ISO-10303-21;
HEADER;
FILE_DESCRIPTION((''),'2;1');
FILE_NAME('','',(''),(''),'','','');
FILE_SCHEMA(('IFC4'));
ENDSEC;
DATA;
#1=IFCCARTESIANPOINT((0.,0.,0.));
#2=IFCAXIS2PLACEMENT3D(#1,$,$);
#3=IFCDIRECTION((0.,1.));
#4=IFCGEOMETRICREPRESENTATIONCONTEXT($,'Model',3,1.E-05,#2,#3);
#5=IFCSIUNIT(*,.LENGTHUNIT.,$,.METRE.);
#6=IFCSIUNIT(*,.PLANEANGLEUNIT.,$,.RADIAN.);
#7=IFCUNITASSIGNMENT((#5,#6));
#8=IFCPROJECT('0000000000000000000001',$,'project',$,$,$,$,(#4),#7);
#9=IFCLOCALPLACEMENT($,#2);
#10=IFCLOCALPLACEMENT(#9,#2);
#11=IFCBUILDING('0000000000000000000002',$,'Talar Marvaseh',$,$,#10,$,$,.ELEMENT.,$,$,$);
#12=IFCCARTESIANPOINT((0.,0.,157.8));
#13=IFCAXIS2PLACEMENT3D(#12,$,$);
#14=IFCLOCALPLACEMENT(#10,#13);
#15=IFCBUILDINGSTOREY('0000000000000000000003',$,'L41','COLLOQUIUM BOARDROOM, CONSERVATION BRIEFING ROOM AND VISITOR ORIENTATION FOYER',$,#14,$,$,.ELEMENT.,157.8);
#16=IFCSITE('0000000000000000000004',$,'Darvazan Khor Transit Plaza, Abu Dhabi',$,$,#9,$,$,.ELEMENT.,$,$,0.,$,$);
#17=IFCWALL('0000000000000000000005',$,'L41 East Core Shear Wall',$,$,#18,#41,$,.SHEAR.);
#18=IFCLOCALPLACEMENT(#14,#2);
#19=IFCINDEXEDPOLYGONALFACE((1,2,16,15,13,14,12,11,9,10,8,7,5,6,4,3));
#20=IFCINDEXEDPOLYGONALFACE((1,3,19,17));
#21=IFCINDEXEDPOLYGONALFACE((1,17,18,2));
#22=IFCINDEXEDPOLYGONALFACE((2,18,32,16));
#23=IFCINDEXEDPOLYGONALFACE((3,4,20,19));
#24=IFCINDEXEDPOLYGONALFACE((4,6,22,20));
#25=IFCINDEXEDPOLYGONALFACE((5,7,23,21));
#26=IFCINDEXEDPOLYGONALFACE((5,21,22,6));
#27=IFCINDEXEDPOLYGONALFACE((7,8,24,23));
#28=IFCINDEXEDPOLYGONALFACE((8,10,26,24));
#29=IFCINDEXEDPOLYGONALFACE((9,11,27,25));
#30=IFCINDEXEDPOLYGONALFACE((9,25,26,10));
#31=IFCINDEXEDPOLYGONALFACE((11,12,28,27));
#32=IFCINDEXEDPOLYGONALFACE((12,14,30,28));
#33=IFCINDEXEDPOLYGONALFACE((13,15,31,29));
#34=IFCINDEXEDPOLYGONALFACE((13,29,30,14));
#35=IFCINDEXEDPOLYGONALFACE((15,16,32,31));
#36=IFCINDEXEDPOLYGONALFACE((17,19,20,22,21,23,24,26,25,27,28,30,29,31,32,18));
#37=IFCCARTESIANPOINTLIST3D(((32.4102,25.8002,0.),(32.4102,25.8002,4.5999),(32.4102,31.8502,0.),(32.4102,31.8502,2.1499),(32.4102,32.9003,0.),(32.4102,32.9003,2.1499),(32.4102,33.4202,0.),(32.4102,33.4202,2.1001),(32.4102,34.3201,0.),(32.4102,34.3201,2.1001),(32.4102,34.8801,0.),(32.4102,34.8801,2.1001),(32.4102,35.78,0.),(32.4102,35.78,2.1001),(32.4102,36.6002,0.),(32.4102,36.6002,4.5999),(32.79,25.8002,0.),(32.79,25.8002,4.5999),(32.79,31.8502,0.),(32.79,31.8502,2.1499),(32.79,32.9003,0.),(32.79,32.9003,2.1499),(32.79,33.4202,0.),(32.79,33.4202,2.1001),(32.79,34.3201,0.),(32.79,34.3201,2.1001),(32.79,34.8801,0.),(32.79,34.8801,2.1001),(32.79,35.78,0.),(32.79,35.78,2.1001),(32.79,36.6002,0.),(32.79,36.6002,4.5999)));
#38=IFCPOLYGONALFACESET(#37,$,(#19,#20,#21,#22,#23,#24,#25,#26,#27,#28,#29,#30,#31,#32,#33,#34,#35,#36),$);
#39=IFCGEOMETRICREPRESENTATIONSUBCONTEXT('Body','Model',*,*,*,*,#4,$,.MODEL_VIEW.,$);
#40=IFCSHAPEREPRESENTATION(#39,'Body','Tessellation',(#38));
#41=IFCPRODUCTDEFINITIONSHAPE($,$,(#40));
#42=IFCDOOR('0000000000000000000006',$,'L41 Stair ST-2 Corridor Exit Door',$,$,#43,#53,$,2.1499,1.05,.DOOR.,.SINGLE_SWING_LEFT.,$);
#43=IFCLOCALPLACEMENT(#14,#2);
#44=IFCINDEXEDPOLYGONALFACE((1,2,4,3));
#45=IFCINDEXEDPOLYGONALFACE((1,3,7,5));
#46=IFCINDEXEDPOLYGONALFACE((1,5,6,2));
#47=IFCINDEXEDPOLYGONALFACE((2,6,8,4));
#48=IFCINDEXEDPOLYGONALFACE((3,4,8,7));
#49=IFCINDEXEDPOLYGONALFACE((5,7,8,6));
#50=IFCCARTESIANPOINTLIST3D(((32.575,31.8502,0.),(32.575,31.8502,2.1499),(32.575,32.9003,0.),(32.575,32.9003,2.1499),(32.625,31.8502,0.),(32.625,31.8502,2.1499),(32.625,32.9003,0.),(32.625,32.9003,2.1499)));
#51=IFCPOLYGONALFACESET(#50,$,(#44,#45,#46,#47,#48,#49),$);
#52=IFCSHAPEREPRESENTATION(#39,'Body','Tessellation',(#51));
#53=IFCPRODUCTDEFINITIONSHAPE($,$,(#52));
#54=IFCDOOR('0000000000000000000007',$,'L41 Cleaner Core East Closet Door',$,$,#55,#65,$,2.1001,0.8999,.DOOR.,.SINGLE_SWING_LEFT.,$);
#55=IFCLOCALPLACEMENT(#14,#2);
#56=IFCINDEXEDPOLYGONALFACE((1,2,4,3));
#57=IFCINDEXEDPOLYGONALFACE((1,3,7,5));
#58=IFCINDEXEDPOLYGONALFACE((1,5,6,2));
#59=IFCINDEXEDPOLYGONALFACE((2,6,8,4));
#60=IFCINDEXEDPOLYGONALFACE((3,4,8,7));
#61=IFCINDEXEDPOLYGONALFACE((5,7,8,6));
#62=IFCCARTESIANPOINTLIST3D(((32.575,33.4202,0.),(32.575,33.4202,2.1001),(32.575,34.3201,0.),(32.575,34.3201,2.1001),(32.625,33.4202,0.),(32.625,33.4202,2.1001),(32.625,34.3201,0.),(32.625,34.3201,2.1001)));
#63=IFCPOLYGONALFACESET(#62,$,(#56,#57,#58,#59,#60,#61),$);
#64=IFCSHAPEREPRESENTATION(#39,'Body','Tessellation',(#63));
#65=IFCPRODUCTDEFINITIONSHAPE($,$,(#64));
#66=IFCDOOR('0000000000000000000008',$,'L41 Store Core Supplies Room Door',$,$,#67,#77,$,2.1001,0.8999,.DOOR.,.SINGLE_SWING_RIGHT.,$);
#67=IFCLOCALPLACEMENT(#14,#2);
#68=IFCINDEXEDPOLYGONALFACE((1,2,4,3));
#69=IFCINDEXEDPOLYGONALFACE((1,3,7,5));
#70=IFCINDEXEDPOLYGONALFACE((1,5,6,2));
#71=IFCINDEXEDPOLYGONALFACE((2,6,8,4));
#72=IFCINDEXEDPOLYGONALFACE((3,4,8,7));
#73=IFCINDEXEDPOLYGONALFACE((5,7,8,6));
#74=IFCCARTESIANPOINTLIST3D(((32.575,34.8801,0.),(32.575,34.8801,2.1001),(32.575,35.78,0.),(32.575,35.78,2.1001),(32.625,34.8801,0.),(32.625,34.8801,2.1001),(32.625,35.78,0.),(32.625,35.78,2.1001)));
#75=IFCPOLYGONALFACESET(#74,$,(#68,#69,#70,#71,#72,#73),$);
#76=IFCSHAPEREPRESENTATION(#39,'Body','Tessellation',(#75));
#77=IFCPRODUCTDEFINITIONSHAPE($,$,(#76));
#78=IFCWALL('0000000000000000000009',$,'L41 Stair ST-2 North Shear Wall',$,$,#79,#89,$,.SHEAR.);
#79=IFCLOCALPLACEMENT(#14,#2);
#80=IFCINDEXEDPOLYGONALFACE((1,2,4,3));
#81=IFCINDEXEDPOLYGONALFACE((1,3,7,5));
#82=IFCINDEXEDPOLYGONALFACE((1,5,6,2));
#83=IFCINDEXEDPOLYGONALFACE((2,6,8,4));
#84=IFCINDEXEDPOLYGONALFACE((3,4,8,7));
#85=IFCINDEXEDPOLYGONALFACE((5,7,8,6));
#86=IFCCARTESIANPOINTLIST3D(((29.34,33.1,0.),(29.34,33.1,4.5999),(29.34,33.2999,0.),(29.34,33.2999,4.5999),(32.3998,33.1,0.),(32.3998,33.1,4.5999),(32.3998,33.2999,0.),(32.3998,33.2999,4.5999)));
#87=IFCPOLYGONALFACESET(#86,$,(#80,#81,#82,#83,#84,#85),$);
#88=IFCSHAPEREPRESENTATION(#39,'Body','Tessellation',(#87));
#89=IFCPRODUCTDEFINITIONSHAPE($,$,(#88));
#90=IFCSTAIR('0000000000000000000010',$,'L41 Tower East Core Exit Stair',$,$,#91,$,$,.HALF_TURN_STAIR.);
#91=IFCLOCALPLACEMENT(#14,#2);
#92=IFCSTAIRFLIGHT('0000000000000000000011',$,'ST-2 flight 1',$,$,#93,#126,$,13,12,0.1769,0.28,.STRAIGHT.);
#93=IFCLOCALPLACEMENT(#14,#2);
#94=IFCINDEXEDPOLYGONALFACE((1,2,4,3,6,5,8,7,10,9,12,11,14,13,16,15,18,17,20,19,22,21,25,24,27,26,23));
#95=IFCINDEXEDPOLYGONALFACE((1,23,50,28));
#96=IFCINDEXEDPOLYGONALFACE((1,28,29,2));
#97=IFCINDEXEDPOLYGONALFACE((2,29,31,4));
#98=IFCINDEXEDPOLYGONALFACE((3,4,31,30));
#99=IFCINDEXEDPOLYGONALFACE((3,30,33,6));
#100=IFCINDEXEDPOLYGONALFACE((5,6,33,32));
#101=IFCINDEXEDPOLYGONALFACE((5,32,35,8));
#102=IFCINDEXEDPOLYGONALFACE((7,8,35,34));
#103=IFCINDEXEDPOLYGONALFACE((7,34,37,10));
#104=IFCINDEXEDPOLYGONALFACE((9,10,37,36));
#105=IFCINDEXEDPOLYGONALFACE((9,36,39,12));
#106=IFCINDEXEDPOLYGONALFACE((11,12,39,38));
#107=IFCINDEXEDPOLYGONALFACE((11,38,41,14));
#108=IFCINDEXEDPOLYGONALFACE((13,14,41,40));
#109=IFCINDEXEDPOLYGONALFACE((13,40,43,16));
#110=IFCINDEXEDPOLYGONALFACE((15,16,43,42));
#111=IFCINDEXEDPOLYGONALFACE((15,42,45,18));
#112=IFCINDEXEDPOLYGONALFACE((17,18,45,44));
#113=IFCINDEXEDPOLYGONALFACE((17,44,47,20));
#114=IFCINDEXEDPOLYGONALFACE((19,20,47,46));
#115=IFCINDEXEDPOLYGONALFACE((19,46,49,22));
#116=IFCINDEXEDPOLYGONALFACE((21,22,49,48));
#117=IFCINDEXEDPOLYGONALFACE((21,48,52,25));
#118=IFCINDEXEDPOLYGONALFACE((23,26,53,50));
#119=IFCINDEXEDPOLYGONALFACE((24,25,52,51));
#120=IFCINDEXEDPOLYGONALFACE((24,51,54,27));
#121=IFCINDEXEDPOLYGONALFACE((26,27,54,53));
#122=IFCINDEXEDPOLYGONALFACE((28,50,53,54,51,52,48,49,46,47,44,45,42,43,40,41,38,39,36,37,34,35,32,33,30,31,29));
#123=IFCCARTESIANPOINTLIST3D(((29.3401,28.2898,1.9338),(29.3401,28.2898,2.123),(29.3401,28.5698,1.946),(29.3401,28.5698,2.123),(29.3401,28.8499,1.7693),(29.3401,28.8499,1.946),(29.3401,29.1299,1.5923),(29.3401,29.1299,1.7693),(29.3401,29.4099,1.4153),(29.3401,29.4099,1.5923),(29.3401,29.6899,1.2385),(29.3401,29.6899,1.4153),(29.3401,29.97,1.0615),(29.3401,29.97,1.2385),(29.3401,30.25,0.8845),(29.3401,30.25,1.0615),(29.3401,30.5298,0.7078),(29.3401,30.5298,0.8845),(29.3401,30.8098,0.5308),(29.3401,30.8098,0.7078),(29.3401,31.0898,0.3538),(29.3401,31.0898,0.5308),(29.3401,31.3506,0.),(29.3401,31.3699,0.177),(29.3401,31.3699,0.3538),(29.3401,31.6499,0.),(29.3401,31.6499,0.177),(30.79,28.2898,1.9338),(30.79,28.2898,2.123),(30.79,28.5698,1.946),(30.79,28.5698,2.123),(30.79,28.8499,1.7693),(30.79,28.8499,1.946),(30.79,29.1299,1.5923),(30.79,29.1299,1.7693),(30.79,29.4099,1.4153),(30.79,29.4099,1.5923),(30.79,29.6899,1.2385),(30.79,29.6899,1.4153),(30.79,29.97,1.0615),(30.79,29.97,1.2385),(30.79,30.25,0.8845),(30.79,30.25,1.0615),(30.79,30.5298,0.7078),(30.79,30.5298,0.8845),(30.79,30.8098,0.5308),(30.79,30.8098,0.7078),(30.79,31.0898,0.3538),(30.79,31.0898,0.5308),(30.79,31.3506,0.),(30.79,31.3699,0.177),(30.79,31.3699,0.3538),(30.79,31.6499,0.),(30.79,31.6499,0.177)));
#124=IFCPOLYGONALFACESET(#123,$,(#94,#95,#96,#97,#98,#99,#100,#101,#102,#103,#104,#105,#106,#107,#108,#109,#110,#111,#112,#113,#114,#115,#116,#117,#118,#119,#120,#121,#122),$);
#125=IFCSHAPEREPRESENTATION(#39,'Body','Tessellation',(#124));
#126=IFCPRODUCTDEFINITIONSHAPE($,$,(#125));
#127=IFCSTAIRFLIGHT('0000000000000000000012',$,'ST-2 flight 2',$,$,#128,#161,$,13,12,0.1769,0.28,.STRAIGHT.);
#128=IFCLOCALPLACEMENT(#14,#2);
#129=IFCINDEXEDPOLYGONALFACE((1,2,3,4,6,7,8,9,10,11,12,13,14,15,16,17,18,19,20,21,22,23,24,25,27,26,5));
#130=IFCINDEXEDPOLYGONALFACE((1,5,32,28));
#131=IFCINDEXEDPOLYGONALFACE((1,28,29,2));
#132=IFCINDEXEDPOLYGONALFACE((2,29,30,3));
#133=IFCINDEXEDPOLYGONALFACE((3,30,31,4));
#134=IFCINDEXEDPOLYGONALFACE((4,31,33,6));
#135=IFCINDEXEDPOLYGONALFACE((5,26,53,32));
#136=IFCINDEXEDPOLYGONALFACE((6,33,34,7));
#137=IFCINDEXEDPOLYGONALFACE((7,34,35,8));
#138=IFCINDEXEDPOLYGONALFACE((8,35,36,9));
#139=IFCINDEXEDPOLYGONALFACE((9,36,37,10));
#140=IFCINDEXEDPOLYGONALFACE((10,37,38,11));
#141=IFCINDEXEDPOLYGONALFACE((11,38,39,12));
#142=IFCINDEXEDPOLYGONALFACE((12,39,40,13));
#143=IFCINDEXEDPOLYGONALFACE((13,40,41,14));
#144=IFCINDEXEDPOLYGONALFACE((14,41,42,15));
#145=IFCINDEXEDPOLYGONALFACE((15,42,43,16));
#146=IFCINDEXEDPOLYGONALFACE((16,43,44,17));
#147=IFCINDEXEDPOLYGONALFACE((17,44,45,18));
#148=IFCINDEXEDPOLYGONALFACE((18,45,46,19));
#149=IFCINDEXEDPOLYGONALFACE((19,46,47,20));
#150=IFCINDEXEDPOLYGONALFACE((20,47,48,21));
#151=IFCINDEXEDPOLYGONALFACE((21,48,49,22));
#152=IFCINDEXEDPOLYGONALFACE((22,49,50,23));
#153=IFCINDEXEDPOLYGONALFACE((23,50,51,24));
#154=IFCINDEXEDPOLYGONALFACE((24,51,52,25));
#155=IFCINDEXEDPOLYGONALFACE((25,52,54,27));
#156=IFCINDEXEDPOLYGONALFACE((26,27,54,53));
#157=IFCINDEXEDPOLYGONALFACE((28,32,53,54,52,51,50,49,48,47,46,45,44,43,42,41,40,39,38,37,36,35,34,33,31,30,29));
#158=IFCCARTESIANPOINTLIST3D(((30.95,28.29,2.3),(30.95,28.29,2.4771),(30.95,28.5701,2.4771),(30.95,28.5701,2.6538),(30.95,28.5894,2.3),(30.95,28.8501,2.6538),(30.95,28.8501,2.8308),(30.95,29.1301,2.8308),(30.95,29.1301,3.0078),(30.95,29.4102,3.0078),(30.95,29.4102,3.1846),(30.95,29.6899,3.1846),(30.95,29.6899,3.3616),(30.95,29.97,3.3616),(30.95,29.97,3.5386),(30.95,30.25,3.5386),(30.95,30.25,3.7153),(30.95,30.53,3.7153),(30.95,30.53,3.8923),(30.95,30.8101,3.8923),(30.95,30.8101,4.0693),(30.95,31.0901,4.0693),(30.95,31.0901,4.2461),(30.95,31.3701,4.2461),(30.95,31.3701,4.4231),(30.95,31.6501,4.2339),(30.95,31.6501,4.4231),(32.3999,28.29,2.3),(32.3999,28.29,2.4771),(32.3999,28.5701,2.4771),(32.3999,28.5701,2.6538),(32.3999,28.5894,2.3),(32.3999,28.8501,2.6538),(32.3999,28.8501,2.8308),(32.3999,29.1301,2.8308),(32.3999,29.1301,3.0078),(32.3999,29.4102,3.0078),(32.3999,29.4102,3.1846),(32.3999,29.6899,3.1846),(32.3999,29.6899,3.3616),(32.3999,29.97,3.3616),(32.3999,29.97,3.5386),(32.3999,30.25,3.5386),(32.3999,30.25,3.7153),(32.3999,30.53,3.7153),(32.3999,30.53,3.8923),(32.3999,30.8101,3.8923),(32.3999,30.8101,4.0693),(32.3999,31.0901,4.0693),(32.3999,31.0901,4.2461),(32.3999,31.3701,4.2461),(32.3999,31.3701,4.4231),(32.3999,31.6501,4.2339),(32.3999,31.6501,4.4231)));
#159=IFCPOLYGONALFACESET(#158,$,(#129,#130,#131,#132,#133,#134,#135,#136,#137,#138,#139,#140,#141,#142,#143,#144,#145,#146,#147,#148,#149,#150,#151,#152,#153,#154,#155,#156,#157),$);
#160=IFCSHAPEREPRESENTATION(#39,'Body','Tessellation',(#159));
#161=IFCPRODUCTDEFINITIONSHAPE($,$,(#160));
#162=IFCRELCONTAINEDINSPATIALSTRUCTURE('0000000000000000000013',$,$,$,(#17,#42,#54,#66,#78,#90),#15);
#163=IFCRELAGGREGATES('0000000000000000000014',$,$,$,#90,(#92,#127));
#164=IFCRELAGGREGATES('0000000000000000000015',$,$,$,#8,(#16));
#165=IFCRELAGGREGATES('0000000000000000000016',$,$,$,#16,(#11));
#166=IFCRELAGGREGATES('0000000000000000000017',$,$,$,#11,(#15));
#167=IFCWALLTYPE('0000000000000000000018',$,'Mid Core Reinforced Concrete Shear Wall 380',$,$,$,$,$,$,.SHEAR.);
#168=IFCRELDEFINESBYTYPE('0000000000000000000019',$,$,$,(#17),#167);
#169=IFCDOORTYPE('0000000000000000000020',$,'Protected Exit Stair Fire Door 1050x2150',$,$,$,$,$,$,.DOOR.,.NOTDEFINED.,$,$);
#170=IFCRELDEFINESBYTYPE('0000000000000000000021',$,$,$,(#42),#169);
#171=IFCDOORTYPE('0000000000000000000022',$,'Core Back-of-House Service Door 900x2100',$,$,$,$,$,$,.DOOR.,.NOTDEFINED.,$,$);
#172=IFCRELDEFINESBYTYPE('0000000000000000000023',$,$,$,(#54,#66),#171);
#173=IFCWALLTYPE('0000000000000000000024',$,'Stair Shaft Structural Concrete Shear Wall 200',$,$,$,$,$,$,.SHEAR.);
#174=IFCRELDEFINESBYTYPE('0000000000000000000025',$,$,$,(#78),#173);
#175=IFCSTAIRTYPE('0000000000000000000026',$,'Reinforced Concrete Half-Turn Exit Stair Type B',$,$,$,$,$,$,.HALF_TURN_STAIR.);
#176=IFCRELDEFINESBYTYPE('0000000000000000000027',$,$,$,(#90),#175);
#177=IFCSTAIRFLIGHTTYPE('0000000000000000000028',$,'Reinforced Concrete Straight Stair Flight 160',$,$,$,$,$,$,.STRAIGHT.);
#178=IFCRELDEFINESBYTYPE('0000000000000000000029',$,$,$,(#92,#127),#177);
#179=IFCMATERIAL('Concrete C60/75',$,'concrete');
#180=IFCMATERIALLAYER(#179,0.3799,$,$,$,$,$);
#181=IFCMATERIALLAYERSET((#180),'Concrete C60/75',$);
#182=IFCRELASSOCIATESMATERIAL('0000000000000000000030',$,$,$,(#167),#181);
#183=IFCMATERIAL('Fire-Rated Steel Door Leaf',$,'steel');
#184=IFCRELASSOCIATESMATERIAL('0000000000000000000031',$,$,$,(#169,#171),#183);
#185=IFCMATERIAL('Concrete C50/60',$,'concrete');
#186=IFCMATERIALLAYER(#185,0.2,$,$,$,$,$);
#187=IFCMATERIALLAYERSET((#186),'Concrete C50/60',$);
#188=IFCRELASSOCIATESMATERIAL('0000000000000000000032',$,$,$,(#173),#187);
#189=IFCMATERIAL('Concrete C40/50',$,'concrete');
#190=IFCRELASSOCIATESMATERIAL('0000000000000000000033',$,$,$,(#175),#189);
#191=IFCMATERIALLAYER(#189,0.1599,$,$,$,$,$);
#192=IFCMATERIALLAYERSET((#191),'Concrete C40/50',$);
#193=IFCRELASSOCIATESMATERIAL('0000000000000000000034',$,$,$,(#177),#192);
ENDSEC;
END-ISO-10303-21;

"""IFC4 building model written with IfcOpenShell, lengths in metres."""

from ifc_helpers import new_model, si_unit, direction, frame, frame_2d, origin, place, context, subcontext, project, spatial, polyline, rectangle, outline, extrude, source, transform, mapped, material, layer, layer_set, type_object, type_shapes, element, fill, aggregate, save


model = new_model("IFC4")

# Units and contexts
model_context = context("Model", 3, precision=1e-05, world=origin(), true_north=direction((0.0, 1.0)))
body_context = subcontext(model_context, "Body", "Model", "MODEL_VIEW")
ifc_project = project(units=[si_unit("LENGTHUNIT", "METRE"), si_unit("PLANEANGLEUNIT", "RADIAN")], contexts=[model_context])

# Site, building, storey
site_placement = place(None, origin())
site = spatial("IfcSite", under=ifc_project, at=site_placement, Name="Darvazan Khor Transit Plaza, Abu Dhabi", CompositionType="ELEMENT", RefElevation=0.0)
building_placement = place(site_placement, origin())
building = spatial("IfcBuilding", under=site, at=building_placement, Name="Talar Marvaseh", CompositionType="ELEMENT")
storey_placement = place(building_placement, frame((0.0, 0.0, 157.8)))
storey = spatial("IfcBuildingStorey", under=building, at=storey_placement, Name="L41", Description="COLLOQUIUM BOARDROOM, CONSERVATION BRIEFING ROOM AND VISITOR ORIENTATION FOYER", CompositionType="ELEMENT", Elevation=157.8)

# Shared definitions
ifc_material_1 = material(Name="Concrete C40/50", Category="concrete")

# Wall, openings, doors
ifc_material_2 = material(Name="Concrete C60/75", Category="concrete")
ifc_layer_1 = layer(ifc_material_2, 0.3799)
ifc_layer_set_1 = layer_set([ifc_layer_1], Name="Concrete C60/75")
wall_type_1 = type_object("IfcWallType", Name="Mid Core Reinforced Concrete Shear Wall 380", PredefinedType="SHEAR", material=ifc_layer_set_1)
wall_1_placement = place(storey_placement, frame((32.6001, 36.6001, 0.0), z_axis=(0.0, 0.0, 1.0), x_axis=(0.0, -1.0, 0.0)))
wall_1 = element("IfcWall", 1, at=wall_1_placement, inside=storey, type_object=wall_type_1, Name="L41 East Core Shear Wall", PredefinedType="SHEAR", context=body_context, shape_type="SweptSolid", body=[
    extrude(rectangle(XDim=10.8, YDim=0.3799, at=frame_2d((5.3999, 0.0))), origin(), (0.0, 0.0, 1.0), 4.5999),
])
opening_1_placement = place(wall_1_placement, frame((3.7, 0.0, 0.0)))
opening_1 = element("IfcOpeningElement", 2, at=opening_1_placement, cuts=wall_1, PredefinedType="OPENING", context=body_context, shape_type="SweptSolid", body=[
    extrude(rectangle(XDim=1.05, YDim=2.1499, at=frame_2d((0.5249, 1.075))), frame((0.0, 0.2, 0.0), z_axis=(0.0, -1.0, 0.0), x_axis=(1.0, 0.0, 0.0)), (0.0, 0.0, 1.0), 0.3999),
])
opening_2_placement = place(wall_1_placement, frame((2.28, 0.0, 0.0)))
opening_2 = element("IfcOpeningElement", 3, at=opening_2_placement, cuts=wall_1, PredefinedType="OPENING", context=body_context, shape_type="SweptSolid", body=[
    extrude(rectangle(XDim=0.8999, YDim=2.1001, at=frame_2d((0.45, 1.05))), frame((0.0, 0.2, 0.0), z_axis=(0.0, -1.0, 0.0), x_axis=(1.0, 0.0, 0.0)), (0.0, 0.0, 1.0), 0.3999),
])
opening_3_placement = place(wall_1_placement, frame((0.8201, 0.0, 0.0)))
opening_3 = element("IfcOpeningElement", 4, at=opening_3_placement, cuts=wall_1, PredefinedType="OPENING", context=body_context, shape_type="SweptSolid", body=[
    extrude(rectangle(XDim=0.8999, YDim=2.1001, at=frame_2d((0.45, 1.05))), frame((0.0, 0.2, 0.0), z_axis=(0.0, -1.0, 0.0), x_axis=(1.0, 0.0, 0.0)), (0.0, 0.0, 1.0), 0.3999),
])
ifc_material_3 = material(Name="Fire-Rated Steel Door Leaf", Category="steel")
door_type_1 = type_object("IfcDoorType", Name="Protected Exit Stair Fire Door 1050x2150", OperationType="NOTDEFINED", PredefinedType="DOOR", material=ifc_material_3)
shared_shape_1 = source(origin(), body_context, "Body", "SweptSolid", [
    extrude(rectangle(XDim=1.05, YDim=2.1499, at=frame_2d((0.5249, 1.075))), frame((0.0, 0.0249, 0.0), z_axis=(0.0, -1.0, 0.0), x_axis=(1.0, 0.0, 0.0)), (0.0, 0.0, 1.0), 0.05),
])
type_shapes(door_type_1, [shared_shape_1])
door_1_placement = place(opening_1_placement, origin())
door_1 = element("IfcDoor", 5, at=door_1_placement, inside=storey, type_object=door_type_1, Name="L41 Stair ST-2 Corridor Exit Door", OperationType="SINGLE_SWING_LEFT", OverallHeight=2.1499, OverallWidth=1.05, PredefinedType="DOOR", context=body_context, shape_type="MappedRepresentation", body=[
    mapped(shared_shape_1, transform((0.0, 0.0, 0.0), x_axis=(1.0, 0.0, 0.0), y_axis=(0.0, 1.0, 0.0), z_axis=(0.0, 0.0, 1.0), scale=1.0)),
])
fill(opening_1, door_1)
door_type_2 = type_object("IfcDoorType", Name="Core Back-of-House Service Door 900x2100", OperationType="NOTDEFINED", PredefinedType="DOOR", material=ifc_material_3)
shared_shape_2 = source(origin(), body_context, "Body", "SweptSolid", [
    extrude(rectangle(XDim=0.8999, YDim=2.1001, at=frame_2d((0.45, 1.05))), frame((0.0, 0.0249, 0.0), z_axis=(0.0, -1.0, 0.0), x_axis=(1.0, 0.0, 0.0)), (0.0, 0.0, 1.0), 0.05),
])
type_shapes(door_type_2, [shared_shape_2])
door_2_placement = place(opening_2_placement, origin())
door_2 = element("IfcDoor", 6, at=door_2_placement, inside=storey, type_object=door_type_2, Name="L41 Cleaner Core East Closet Door", OperationType="SINGLE_SWING_LEFT", OverallHeight=2.1001, OverallWidth=0.8999, PredefinedType="DOOR", context=body_context, shape_type="MappedRepresentation", body=[
    mapped(shared_shape_2, transform((0.0, 0.0, 0.0), x_axis=(1.0, 0.0, 0.0), y_axis=(0.0, 1.0, 0.0), z_axis=(0.0, 0.0, 1.0), scale=1.0)),
])
fill(opening_2, door_2)
door_3_placement = place(opening_3_placement, origin())
door_3 = element("IfcDoor", 7, at=door_3_placement, inside=storey, type_object=door_type_2, Name="L41 Store Core Supplies Room Door", OperationType="SINGLE_SWING_RIGHT", OverallHeight=2.1001, OverallWidth=0.8999, PredefinedType="DOOR", context=body_context, shape_type="MappedRepresentation", body=[
    mapped(shared_shape_2, transform((0.0, 0.0, 0.0), x_axis=(1.0, 0.0, 0.0), y_axis=(0.0, 1.0, 0.0), z_axis=(0.0, 0.0, 1.0), scale=1.0)),
])
fill(opening_3, door_3)

# Wall
ifc_material_4 = material(Name="Concrete C50/60", Category="concrete")
ifc_layer_2 = layer(ifc_material_4, 0.2)
ifc_layer_set_2 = layer_set([ifc_layer_2], Name="Concrete C50/60")
wall_type_2 = type_object("IfcWallType", Name="Stair Shaft Structural Concrete Shear Wall 200", PredefinedType="SHEAR", material=ifc_layer_set_2)
wall_2_placement = place(storey_placement, frame((29.3401, 33.2, 0.0), z_axis=(0.0, 0.0, 1.0), x_axis=(1.0, 0.0, 0.0)))
element("IfcWall", 8, at=wall_2_placement, inside=storey, type_object=wall_type_2, Name="L41 Stair ST-2 North Shear Wall", PredefinedType="SHEAR", context=body_context, shape_type="SweptSolid", body=[
    extrude(rectangle(XDim=3.0598, YDim=0.2, at=frame_2d((1.5298, 0.0))), origin(), (0.0, 0.0, 1.0), 4.5999),
])

# Stair, stair flights
stair_type = type_object("IfcStairType", Name="Reinforced Concrete Half-Turn Exit Stair Type B", PredefinedType="HALF_TURN_STAIR", material=ifc_material_1)
stair_placement = place(storey_placement, origin())
stair = element("IfcStair", 9, at=stair_placement, inside=storey, type_object=stair_type, Name="L41 Tower East Core Exit Stair", PredefinedType="HALF_TURN_STAIR")
ifc_layer_3 = layer(ifc_material_1, 0.1599)
ifc_layer_set_3 = layer_set([ifc_layer_3], Name="Concrete C40/50")
stair_flight_type = type_object("IfcStairFlightType", Name="Reinforced Concrete Straight Stair Flight 160", PredefinedType="STRAIGHT", material=ifc_layer_set_3)
stair_flight_1_placement = place(storey_placement, frame((30.0649, 31.6499, 0.0), z_axis=(0.0, 0.0, 1.0), x_axis=(0.0, -1.0, 0.0)))
stair_flight_1 = element("IfcStairFlight", 10, at=stair_flight_1_placement, type_object=stair_flight_type, Name="ST-2 flight 1", NumberOfRisers=13, NumberOfTreads=12, PredefinedType="STRAIGHT", RiserHeight=0.1769, TreadLength=0.28, context=body_context, shape_type="SweptSolid", body=[
    extrude(outline(polyline([(0.0, 0.0), (0.0, 0.177), (0.28, 0.177), (0.28, 0.3538), (0.5601, 0.3538), (0.5601, 0.5308), (0.8401, 0.5308), (0.8401, 0.7078), (1.1201, 0.7078), (1.1201, 0.8845), (1.3999, 0.8845), (1.3999, 1.0615), (1.6799, 1.0615), (1.6799, 1.2385), (1.96, 1.2385), (1.96, 1.4153), (2.24, 1.4153), (2.24, 1.5923), (2.52, 1.5923), (2.52, 1.7693), (2.8, 1.7693), (2.8, 1.946), (3.0801, 1.946), (3.0801, 2.123), (3.3601, 2.123), (3.3601, 2.3), (3.3601, 1.9338), (0.2993, 0.0), (0.0, 0.0)])), frame((0.0, 0.7251, 0.0), z_axis=(0.0, -1.0, 0.0), x_axis=(1.0, 0.0, 0.0)), (0.0, 0.0, 1.0), 1.45),
])
stair_flight_2_placement = place(storey_placement, frame((31.675, 28.29, 2.3), z_axis=(0.0, 0.0, 1.0), x_axis=(0.0, 1.0, 0.0)))
stair_flight_2 = element("IfcStairFlight", 11, at=stair_flight_2_placement, type_object=stair_flight_type, Name="ST-2 flight 2", NumberOfRisers=13, NumberOfTreads=12, PredefinedType="STRAIGHT", RiserHeight=0.1769, TreadLength=0.28, context=body_context, shape_type="SweptSolid", body=[
    extrude(outline(polyline([(0.0, 0.0), (0.0, 0.177), (0.28, 0.177), (0.28, 0.3538), (0.5601, 0.3538), (0.5601, 0.5308), (0.8401, 0.5308), (0.8401, 0.7078), (1.1201, 0.7078), (1.1201, 0.8845), (1.3999, 0.8845), (1.3999, 1.0615), (1.6799, 1.0615), (1.6799, 1.2385), (1.96, 1.2385), (1.96, 1.4153), (2.24, 1.4153), (2.24, 1.5923), (2.52, 1.5923), (2.52, 1.7693), (2.8, 1.7693), (2.8, 1.946), (3.0801, 1.946), (3.0801, 2.123), (3.3601, 2.123), (3.3601, 2.3), (3.3601, 1.9338), (0.2993, 0.0), (0.0, 0.0)])), frame((0.0, 0.7251, 0.0), z_axis=(0.0, -1.0, 0.0), x_axis=(1.0, 0.0, 0.0)), (0.0, 0.0, 1.0), 1.45),
])
aggregate(stair, [stair_flight_1, stair_flight_2])

save(model, "model.ifc")
